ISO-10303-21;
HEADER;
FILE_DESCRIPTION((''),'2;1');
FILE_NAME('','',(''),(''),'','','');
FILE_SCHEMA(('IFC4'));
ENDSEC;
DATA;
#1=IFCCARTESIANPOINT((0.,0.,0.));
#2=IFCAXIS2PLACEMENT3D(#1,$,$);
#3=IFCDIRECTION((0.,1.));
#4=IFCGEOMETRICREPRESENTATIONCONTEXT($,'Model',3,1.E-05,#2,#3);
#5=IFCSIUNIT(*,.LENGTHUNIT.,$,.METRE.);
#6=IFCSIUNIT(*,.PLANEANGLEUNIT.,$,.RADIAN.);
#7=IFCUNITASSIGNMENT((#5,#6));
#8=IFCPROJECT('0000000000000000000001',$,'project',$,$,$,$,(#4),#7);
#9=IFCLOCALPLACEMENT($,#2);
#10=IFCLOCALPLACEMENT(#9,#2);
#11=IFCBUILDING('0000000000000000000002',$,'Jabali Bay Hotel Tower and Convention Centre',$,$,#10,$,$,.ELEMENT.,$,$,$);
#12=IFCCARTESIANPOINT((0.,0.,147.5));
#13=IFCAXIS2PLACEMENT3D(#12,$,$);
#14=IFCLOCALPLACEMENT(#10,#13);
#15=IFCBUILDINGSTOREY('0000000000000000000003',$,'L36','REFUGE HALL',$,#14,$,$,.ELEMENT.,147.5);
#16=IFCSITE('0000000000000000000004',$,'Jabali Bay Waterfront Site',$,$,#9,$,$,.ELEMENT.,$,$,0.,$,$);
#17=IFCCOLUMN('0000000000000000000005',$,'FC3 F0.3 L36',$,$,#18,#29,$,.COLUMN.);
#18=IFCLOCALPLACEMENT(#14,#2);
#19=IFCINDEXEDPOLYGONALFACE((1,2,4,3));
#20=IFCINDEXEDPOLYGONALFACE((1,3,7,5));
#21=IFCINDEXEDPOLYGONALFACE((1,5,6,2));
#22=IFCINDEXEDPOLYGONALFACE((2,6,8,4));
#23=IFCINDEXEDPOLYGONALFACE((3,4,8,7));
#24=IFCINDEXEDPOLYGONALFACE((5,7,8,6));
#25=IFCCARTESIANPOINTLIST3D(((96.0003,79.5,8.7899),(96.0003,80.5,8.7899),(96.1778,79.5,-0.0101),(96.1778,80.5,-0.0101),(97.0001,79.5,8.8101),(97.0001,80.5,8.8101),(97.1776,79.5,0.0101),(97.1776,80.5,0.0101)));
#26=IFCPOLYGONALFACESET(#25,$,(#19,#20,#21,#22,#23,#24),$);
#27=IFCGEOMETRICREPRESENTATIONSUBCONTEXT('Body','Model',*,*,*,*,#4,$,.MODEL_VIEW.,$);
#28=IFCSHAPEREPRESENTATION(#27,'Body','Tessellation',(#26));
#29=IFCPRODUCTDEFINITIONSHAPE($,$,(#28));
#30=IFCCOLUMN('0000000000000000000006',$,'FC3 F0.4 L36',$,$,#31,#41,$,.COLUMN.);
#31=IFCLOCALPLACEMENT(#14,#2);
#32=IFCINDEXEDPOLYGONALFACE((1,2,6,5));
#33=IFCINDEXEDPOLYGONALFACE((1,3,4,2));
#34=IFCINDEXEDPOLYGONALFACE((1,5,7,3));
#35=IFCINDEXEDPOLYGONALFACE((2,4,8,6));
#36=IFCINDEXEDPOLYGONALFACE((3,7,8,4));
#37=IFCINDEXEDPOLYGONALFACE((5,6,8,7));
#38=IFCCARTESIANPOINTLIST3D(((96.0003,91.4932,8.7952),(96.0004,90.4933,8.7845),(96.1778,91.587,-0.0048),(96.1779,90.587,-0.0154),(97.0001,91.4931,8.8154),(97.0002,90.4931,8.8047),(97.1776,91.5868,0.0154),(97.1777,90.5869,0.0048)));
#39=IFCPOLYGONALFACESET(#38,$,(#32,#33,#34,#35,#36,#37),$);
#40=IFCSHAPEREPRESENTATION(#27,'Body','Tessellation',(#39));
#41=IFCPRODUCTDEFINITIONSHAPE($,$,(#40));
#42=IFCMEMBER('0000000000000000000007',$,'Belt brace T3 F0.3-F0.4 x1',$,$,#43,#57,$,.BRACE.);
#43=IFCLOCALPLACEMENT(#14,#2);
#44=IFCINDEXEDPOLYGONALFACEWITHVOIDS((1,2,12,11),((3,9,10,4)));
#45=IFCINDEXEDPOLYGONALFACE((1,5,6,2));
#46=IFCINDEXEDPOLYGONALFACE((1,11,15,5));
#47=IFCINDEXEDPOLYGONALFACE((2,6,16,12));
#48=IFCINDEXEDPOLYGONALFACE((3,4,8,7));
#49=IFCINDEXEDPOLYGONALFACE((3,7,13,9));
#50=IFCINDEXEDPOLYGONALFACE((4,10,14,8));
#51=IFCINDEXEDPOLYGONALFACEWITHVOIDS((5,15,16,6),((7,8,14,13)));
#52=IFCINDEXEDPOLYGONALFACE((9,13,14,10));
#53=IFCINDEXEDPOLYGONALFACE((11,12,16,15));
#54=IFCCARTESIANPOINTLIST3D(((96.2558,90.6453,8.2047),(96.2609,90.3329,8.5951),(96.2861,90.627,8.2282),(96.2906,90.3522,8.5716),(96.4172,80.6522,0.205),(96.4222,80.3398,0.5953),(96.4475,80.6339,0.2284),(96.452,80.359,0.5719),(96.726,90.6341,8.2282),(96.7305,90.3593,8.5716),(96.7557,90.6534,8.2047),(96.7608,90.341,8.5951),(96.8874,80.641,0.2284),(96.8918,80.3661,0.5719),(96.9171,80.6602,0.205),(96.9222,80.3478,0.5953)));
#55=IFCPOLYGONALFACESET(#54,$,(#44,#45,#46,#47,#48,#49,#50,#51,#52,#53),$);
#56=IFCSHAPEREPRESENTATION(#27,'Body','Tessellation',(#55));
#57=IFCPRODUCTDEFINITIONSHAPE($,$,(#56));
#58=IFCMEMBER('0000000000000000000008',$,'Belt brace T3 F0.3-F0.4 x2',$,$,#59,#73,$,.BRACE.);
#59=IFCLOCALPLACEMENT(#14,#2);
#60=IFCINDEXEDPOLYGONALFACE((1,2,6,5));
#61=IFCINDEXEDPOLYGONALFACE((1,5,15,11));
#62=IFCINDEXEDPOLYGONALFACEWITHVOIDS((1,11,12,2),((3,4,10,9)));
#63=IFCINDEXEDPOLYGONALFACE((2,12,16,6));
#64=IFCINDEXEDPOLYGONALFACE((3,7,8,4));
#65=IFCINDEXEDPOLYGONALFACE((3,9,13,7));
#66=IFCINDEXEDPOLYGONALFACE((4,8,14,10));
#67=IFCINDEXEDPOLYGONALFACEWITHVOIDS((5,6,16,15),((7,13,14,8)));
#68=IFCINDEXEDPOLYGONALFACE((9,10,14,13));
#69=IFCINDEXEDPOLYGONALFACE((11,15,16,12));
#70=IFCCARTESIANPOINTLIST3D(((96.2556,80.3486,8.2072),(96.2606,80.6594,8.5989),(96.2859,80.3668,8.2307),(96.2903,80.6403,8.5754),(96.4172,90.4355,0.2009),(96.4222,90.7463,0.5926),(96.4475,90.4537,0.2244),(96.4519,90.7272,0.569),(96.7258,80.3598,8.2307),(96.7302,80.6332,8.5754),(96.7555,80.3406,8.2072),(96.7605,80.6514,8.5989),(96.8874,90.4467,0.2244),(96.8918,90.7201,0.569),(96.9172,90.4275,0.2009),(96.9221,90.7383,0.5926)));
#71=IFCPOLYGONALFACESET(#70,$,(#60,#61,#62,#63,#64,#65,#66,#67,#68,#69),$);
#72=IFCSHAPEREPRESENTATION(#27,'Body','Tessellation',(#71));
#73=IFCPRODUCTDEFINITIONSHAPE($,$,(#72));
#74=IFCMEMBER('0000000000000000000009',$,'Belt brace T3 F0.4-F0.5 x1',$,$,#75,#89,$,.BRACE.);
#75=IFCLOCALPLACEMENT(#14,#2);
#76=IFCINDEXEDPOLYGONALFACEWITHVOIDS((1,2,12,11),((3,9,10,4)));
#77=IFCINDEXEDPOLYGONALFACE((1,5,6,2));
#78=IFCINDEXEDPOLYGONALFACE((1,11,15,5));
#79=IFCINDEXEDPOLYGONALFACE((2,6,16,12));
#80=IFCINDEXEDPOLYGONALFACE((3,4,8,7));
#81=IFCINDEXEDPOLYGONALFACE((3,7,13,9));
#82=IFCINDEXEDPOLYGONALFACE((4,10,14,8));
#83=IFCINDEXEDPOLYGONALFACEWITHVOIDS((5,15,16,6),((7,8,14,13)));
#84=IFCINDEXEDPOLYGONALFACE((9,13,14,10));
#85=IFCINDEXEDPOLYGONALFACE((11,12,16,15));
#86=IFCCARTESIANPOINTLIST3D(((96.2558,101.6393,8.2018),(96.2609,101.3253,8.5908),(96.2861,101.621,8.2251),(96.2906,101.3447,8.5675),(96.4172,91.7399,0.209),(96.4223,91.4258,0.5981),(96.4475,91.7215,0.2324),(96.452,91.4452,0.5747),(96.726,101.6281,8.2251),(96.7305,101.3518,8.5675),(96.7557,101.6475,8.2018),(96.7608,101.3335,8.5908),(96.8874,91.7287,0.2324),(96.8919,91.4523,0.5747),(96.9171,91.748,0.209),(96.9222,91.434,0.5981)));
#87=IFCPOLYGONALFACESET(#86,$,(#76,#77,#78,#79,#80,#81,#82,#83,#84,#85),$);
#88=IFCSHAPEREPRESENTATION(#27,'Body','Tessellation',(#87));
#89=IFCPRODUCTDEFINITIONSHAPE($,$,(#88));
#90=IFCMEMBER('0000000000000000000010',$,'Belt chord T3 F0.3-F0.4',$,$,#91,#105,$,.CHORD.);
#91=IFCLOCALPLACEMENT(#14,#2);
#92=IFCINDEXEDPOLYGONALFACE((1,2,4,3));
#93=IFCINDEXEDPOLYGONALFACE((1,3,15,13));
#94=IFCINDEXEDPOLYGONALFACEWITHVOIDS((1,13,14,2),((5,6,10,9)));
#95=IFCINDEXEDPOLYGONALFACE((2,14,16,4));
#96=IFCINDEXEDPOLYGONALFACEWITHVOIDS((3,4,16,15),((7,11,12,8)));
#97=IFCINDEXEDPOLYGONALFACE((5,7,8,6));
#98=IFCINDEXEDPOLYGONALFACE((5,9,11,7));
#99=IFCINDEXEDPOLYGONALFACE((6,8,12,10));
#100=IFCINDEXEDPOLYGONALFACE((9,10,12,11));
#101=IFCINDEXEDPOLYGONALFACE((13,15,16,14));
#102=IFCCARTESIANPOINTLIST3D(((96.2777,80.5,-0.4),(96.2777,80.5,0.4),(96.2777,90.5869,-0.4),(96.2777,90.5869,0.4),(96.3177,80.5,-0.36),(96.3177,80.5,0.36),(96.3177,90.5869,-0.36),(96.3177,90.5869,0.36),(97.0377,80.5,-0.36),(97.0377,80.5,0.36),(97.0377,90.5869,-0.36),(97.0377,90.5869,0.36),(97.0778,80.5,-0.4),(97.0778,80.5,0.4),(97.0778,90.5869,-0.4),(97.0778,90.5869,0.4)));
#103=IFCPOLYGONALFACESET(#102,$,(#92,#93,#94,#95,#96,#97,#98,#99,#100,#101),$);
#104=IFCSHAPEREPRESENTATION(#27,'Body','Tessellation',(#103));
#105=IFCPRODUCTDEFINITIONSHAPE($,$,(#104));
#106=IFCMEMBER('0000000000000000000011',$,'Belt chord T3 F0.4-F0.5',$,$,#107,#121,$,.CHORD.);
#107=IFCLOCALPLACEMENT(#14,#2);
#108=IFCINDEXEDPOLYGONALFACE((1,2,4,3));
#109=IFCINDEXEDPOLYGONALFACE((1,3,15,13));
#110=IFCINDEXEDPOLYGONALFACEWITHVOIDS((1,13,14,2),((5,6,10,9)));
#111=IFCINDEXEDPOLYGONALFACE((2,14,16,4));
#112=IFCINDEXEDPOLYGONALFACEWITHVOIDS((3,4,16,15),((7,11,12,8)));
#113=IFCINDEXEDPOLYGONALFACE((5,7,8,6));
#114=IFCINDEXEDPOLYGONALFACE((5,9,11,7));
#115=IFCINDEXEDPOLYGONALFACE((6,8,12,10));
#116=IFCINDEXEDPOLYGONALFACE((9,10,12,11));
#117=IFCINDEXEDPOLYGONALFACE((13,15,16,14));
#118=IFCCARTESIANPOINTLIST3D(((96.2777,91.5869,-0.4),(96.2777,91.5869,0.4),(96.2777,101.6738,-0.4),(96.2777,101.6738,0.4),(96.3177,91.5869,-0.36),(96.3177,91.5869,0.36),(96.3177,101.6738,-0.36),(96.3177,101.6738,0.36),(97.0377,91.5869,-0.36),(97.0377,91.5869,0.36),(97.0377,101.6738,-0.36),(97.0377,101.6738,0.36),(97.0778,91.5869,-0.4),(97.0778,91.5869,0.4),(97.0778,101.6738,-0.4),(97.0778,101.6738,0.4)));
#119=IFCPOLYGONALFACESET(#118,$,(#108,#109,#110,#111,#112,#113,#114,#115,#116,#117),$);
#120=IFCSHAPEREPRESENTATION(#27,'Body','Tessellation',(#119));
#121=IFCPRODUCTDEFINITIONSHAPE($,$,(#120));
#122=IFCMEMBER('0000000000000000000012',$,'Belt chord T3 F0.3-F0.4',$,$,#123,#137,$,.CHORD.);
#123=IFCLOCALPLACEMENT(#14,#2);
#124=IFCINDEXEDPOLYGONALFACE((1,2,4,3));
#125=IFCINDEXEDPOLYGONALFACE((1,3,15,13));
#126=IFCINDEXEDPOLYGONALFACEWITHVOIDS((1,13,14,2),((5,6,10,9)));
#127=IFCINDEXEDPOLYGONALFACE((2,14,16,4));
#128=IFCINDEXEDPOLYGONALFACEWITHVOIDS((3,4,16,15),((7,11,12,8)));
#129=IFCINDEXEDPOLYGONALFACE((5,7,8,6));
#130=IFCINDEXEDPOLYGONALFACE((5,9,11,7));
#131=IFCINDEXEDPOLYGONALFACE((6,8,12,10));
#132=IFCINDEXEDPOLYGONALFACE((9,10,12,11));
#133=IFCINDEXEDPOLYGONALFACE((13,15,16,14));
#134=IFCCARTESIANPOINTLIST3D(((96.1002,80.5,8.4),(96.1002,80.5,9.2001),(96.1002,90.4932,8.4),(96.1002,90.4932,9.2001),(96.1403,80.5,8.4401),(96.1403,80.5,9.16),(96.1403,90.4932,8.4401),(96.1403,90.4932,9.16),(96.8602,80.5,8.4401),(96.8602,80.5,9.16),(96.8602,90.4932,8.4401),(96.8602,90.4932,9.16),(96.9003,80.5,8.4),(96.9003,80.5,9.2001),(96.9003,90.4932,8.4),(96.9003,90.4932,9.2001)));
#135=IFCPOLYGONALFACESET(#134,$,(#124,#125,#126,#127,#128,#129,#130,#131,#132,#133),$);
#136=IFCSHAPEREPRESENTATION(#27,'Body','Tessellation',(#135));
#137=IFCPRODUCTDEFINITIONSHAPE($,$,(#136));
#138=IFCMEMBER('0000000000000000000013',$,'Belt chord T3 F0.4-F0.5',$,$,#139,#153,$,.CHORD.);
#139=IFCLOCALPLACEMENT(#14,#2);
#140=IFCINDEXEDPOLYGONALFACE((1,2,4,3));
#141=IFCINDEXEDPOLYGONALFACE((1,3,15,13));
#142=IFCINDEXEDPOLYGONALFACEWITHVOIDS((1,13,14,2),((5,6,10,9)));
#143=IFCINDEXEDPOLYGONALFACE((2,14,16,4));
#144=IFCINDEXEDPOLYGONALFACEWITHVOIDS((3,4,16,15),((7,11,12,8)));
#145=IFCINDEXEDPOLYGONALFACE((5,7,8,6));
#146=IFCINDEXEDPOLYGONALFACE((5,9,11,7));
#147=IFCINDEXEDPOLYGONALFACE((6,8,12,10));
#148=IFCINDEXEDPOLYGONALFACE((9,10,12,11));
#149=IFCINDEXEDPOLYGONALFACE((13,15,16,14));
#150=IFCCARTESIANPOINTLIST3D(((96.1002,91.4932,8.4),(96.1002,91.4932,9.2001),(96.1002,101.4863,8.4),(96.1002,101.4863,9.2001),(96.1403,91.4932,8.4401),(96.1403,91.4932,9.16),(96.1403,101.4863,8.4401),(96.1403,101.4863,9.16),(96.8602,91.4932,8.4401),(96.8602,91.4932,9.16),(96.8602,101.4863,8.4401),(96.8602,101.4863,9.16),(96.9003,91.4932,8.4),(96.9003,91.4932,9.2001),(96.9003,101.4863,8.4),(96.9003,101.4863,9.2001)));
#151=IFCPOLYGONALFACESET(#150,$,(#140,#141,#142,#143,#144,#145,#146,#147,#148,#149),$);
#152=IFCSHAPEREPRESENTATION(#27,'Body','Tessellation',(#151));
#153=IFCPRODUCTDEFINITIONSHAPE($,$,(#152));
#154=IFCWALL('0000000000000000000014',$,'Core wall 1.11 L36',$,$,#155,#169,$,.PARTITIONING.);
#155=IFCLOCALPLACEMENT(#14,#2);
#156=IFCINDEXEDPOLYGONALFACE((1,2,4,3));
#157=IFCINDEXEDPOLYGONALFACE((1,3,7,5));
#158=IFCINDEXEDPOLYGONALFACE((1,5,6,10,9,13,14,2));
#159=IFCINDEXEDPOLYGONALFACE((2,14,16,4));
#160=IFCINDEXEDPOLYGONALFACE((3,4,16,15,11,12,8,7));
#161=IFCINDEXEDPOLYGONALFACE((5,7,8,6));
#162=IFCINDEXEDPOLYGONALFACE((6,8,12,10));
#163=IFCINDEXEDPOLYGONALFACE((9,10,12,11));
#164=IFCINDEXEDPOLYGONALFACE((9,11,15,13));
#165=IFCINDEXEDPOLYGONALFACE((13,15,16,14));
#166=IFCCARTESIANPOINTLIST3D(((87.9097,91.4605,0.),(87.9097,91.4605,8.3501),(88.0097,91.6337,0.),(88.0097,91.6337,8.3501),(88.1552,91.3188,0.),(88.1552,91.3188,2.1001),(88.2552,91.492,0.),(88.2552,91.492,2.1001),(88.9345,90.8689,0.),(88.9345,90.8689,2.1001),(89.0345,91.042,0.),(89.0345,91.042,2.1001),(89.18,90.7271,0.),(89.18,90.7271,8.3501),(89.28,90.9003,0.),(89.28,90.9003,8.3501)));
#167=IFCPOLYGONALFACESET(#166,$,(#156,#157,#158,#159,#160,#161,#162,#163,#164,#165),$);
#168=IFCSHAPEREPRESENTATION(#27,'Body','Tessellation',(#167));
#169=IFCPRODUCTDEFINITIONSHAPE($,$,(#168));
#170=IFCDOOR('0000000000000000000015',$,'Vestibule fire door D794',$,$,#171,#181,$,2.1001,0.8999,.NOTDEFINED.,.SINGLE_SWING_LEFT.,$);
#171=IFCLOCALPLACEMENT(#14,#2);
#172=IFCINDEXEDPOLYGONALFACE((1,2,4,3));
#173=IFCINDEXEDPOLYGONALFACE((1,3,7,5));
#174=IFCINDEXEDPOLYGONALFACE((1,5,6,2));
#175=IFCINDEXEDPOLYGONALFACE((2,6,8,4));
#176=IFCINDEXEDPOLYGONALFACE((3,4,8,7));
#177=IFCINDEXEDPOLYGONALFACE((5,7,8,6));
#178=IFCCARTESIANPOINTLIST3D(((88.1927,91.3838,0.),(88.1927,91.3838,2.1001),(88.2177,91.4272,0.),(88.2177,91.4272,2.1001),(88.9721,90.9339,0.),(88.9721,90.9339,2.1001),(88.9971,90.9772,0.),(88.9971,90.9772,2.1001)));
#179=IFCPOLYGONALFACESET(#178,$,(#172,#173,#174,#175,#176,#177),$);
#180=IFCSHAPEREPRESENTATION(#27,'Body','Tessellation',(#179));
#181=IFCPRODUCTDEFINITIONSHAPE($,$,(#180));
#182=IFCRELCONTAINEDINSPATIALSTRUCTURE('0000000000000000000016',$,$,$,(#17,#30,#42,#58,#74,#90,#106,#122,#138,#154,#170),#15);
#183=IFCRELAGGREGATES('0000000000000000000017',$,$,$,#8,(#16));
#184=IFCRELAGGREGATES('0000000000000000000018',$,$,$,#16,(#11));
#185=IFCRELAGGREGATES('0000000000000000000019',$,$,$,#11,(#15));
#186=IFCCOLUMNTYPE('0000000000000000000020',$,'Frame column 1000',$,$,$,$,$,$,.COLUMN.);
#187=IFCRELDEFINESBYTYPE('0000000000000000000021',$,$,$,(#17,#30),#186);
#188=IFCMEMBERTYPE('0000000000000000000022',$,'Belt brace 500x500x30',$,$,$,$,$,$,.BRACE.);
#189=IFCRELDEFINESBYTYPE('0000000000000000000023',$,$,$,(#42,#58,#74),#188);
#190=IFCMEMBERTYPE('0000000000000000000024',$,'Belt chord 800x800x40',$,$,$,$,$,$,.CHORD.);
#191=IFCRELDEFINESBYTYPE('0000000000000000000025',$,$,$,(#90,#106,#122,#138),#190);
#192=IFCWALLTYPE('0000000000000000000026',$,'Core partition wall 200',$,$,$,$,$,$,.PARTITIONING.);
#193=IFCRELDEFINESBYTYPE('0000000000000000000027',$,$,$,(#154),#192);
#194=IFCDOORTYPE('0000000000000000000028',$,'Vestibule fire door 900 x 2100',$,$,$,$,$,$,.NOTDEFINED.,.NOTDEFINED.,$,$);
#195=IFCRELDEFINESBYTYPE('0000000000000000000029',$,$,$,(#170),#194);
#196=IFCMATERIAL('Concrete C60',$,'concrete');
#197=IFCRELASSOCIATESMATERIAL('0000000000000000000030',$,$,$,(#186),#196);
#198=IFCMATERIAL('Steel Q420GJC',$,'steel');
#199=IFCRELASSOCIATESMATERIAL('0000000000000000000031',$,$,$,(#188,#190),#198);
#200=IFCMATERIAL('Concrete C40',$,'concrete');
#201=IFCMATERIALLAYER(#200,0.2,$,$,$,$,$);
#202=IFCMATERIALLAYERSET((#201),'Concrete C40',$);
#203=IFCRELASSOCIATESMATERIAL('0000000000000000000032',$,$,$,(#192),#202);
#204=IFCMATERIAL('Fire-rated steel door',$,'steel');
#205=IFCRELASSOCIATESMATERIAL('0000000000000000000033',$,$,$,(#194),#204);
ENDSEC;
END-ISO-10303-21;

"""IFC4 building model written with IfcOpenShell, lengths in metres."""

from ifc_helpers import new_model, si_unit, direction, frame, frame_2d, origin, origin_2d, place, context, subcontext, project, spatial, rectangle, hollow_rectangle, extrude, material, layer, layer_set, material_profile, profile_set, type_object, element, fill, save


model = new_model("IFC4")

# Units and contexts
model_context = context("Model", 3, precision=1e-05, world=origin(), true_north=direction((0.0, 1.0)))
body_context = subcontext(model_context, "Body", "Model", "MODEL_VIEW")
ifc_project = project(units=[si_unit("LENGTHUNIT", "METRE"), si_unit("PLANEANGLEUNIT", "RADIAN")], contexts=[model_context])

# Site, building, storey
site_placement = place(None, origin())
site = spatial("IfcSite", under=ifc_project, at=site_placement, Name="Jabali Bay Waterfront Site", CompositionType="ELEMENT", RefElevation=0.0)
building_placement = place(site_placement, origin())
building = spatial("IfcBuilding", under=site, at=building_placement, Name="Jabali Bay Hotel Tower and Convention Centre", CompositionType="ELEMENT")
storey_placement = place(building_placement, frame((0.0, 0.0, 147.5)))
storey = spatial("IfcBuildingStorey", under=building, at=storey_placement, Name="L36", Description="REFUGE HALL", CompositionType="ELEMENT", Elevation=147.5)

# Columns
ifc_material_1 = material(Name="Concrete C60", Category="concrete")
ifc_material_profile_1 = material_profile(ifc_material_1, rectangle(XDim=1.0, YDim=1.0, at=origin_2d()), Name="Frame column 1000")
ifc_profile_set_1 = profile_set([ifc_material_profile_1], Name="Concrete C60")
column_type = type_object("IfcColumnType", Name="Frame column 1000", PredefinedType="COLUMN", material=ifc_profile_set_1)
column_1_placement = place(storey_placement, frame((96.6777, 80.0, 0.0), z_axis=(-0.020165, 0.0, 0.999797), x_axis=(0.0, -1.0, 0.0)))
element("IfcColumn", 1, at=column_1_placement, inside=storey, type_object=column_type, Name="FC3 F0.3 L36", PredefinedType="COLUMN", context=body_context, shape_type="SweptSolid", body=[
    extrude(rectangle(XDim=1.0, YDim=1.0, at=origin_2d()), origin(), (0.0, 0.0, 1.0), 8.8018),
])
column_2_placement = place(storey_placement, frame((96.6777, 91.0869, 0.0), z_axis=(-0.020164, -0.010651, 0.99974), x_axis=(0.999797, -0.000146, 0.020164)))
element("IfcColumn", 2, at=column_2_placement, inside=storey, type_object=column_type, Name="FC3 F0.4 L36", PredefinedType="COLUMN", context=body_context, shape_type="SweptSolid", body=[
    extrude(rectangle(XDim=1.0, YDim=1.0, at=origin_2d()), origin(), (0.0, 0.0, 1.0), 8.8022),
])

# Members
ifc_material_2 = material(Name="Steel Q420GJC", Category="steel")
ifc_material_profile_2 = material_profile(ifc_material_2, hollow_rectangle(XDim=0.5, YDim=0.5, WallThickness=0.03, at=origin_2d()), Name="Belt brace 500x500x30")
ifc_profile_set_2 = profile_set([ifc_material_profile_2], Name="Steel Q420GJC")
member_type_1 = type_object("IfcMemberType", Name="Belt brace 500x500x30", PredefinedType="BRACE", material=ifc_profile_set_2)
member_1_placement = place(storey_placement, frame((96.6697, 80.5, 0.4001), z_axis=(-0.012606, 0.780608, 0.624894), x_axis=(-0.99987, -0.016147, 0.0)))
element("IfcMember", 3, at=member_1_placement, inside=storey, type_object=member_type_1, Name="Belt brace T3 F0.3-F0.4 x1", PredefinedType="BRACE", context=body_context, shape_type="SweptSolid", body=[
    extrude(hollow_rectangle(XDim=0.5, YDim=0.5, WallThickness=0.03, at=origin_2d()), origin(), (0.0, 0.0, 1.0), 12.8018),
])
member_2_placement = place(storey_placement, frame((96.6697, 90.5869, 0.3967), z_axis=(-0.012549, -0.783195, 0.62165), x_axis=(0.999872, -0.016021, 0.0)))
element("IfcMember", 4, at=member_2_placement, inside=storey, type_object=member_type_1, Name="Belt brace T3 F0.3-F0.4 x2", PredefinedType="BRACE", context=body_context, shape_type="SweptSolid", body=[
    extrude(hollow_rectangle(XDim=0.5, YDim=0.5, WallThickness=0.03, at=origin_2d()), origin(), (0.0, 0.0, 1.0), 12.8792),
])
member_3_placement = place(storey_placement, frame((96.6697, 91.5869, 0.4036), z_axis=(-0.012683, 0.777994, 0.628144), x_axis=(-0.999867, -0.0163, 0.0)))
element("IfcMember", 5, at=member_3_placement, inside=storey, type_object=member_type_1, Name="Belt brace T3 F0.4-F0.5 x1", PredefinedType="BRACE", context=body_context, shape_type="SweptSolid", body=[
    extrude(hollow_rectangle(XDim=0.5, YDim=0.5, WallThickness=0.03, at=origin_2d()), origin(), (0.0, 0.0, 1.0), 12.7244),
])
ifc_material_profile_3 = material_profile(ifc_material_2, hollow_rectangle(XDim=0.8, YDim=0.8, WallThickness=0.04, at=origin_2d()), Name="Belt chord 800x800x40")
ifc_profile_set_3 = profile_set([ifc_material_profile_3], Name="Steel Q420GJC")
member_type_2 = type_object("IfcMemberType", Name="Belt chord 800x800x40", PredefinedType="CHORD", material=ifc_profile_set_3)
for number, where, z_axis, x_axis, name in (
    (6, (96.6777, 80.5, 0.0), (0.0, 1.0, 0.0), (-1.0, 0.0, 0.0), "Belt chord T3 F0.3-F0.4"),
    (7, (96.6777, 91.5869, 0.0), (0.0, 1.0, 0.0), (-1.0, 0.0, 0.0), "Belt chord T3 F0.4-F0.5"),
):
    element("IfcMember", number, at=place(storey_placement, frame(where, z_axis=z_axis, x_axis=x_axis)), inside=storey, type_object=member_type_2, Name=name, PredefinedType="CHORD", context=body_context, shape_type="SweptSolid", body=[
        extrude(hollow_rectangle(XDim=0.8, YDim=0.8, WallThickness=0.04, at=origin_2d()), origin(), (0.0, 0.0, 1.0), 10.0869),
    ])
for number, where, z_axis, x_axis, name in (
    (8, (96.5002, 80.5, 8.8), (0.0, 1.0, 0.0), (-1.0, 0.0, 0.0), "Belt chord T3 F0.3-F0.4"),
    (9, (96.5002, 91.4932, 8.8), (0.0, 1.0, 0.0), (-1.0, 0.0, 0.0), "Belt chord T3 F0.4-F0.5"),
):
    element("IfcMember", number, at=place(storey_placement, frame(where, z_axis=z_axis, x_axis=x_axis)), inside=storey, type_object=member_type_2, Name=name, PredefinedType="CHORD", context=body_context, shape_type="SweptSolid", body=[
        extrude(hollow_rectangle(XDim=0.8, YDim=0.8, WallThickness=0.04, at=origin_2d()), origin(), (0.0, 0.0, 1.0), 9.9932),
    ])

# Wall, opening, door
ifc_material_3 = material(Name="Concrete C40", Category="concrete")
ifc_layer_1 = layer(ifc_material_3, 0.2)
ifc_layer_set_1 = layer_set([ifc_layer_1], Name="Concrete C40")
wall_type_1 = type_object("IfcWallType", Name="Core partition wall 200", PredefinedType="PARTITIONING", material=ifc_layer_set_1)
wall_1_placement = place(storey_placement, frame((89.23, 90.8137, 0.0), z_axis=(0.0, 0.0, 1.0), x_axis=(-0.866022, 0.500006, 0.0)))
wall_1 = element("IfcWall", 10, at=wall_1_placement, inside=storey, type_object=wall_type_1, Name="Core wall 1.11 L36", PredefinedType="PARTITIONING", context=body_context, shape_type="SweptSolid", body=[
    extrude(rectangle(XDim=1.4668, YDim=0.2, at=frame_2d((0.7334, 0.0))), origin(), (0.0, 0.0, 1.0), 8.3501),
])
opening_1_placement = place(wall_1_placement, frame((0.2834, 0.0, 0.0)))
opening_1 = element("IfcOpeningElement", 11, at=opening_1_placement, cuts=wall_1, PredefinedType="OPENING", context=body_context, shape_type="SweptSolid", body=[
    extrude(rectangle(XDim=0.8999, YDim=2.1001, at=frame_2d((0.45, 1.05))), frame((0.0, 0.1104, 0.0), z_axis=(0.0, -1.0, 0.0), x_axis=(1.0, 0.0, 0.0)), (0.0, 0.0, 1.0), 0.2209),
])
ifc_material_4 = material(Name="Fire-rated steel door", Category="steel")
door_type_1 = type_object("IfcDoorType", Name="Vestibule fire door 900 x 2100", OperationType="NOTDEFINED", PredefinedType="NOTDEFINED", material=ifc_material_4)
door_1_placement = place(opening_1_placement, origin())
door_1 = element("IfcDoor", 12, at=door_1_placement, inside=storey, type_object=door_type_1, Name="Vestibule fire door D794", OperationType="SINGLE_SWING_LEFT", OverallHeight=2.1001, OverallWidth=0.8999, PredefinedType="NOTDEFINED", context=body_context, shape_type="SweptSolid", body=[
    extrude(rectangle(XDim=0.8999, YDim=2.1001, at=frame_2d((0.45, 1.05))), frame((0.0, 0.0249, 0.0), z_axis=(0.0, -1.0, 0.0), x_axis=(1.0, 0.0, 0.0)), (0.0, 0.0, 1.0), 0.05),
])
fill(opening_1, door_1)

save(model, "model.ifc")
